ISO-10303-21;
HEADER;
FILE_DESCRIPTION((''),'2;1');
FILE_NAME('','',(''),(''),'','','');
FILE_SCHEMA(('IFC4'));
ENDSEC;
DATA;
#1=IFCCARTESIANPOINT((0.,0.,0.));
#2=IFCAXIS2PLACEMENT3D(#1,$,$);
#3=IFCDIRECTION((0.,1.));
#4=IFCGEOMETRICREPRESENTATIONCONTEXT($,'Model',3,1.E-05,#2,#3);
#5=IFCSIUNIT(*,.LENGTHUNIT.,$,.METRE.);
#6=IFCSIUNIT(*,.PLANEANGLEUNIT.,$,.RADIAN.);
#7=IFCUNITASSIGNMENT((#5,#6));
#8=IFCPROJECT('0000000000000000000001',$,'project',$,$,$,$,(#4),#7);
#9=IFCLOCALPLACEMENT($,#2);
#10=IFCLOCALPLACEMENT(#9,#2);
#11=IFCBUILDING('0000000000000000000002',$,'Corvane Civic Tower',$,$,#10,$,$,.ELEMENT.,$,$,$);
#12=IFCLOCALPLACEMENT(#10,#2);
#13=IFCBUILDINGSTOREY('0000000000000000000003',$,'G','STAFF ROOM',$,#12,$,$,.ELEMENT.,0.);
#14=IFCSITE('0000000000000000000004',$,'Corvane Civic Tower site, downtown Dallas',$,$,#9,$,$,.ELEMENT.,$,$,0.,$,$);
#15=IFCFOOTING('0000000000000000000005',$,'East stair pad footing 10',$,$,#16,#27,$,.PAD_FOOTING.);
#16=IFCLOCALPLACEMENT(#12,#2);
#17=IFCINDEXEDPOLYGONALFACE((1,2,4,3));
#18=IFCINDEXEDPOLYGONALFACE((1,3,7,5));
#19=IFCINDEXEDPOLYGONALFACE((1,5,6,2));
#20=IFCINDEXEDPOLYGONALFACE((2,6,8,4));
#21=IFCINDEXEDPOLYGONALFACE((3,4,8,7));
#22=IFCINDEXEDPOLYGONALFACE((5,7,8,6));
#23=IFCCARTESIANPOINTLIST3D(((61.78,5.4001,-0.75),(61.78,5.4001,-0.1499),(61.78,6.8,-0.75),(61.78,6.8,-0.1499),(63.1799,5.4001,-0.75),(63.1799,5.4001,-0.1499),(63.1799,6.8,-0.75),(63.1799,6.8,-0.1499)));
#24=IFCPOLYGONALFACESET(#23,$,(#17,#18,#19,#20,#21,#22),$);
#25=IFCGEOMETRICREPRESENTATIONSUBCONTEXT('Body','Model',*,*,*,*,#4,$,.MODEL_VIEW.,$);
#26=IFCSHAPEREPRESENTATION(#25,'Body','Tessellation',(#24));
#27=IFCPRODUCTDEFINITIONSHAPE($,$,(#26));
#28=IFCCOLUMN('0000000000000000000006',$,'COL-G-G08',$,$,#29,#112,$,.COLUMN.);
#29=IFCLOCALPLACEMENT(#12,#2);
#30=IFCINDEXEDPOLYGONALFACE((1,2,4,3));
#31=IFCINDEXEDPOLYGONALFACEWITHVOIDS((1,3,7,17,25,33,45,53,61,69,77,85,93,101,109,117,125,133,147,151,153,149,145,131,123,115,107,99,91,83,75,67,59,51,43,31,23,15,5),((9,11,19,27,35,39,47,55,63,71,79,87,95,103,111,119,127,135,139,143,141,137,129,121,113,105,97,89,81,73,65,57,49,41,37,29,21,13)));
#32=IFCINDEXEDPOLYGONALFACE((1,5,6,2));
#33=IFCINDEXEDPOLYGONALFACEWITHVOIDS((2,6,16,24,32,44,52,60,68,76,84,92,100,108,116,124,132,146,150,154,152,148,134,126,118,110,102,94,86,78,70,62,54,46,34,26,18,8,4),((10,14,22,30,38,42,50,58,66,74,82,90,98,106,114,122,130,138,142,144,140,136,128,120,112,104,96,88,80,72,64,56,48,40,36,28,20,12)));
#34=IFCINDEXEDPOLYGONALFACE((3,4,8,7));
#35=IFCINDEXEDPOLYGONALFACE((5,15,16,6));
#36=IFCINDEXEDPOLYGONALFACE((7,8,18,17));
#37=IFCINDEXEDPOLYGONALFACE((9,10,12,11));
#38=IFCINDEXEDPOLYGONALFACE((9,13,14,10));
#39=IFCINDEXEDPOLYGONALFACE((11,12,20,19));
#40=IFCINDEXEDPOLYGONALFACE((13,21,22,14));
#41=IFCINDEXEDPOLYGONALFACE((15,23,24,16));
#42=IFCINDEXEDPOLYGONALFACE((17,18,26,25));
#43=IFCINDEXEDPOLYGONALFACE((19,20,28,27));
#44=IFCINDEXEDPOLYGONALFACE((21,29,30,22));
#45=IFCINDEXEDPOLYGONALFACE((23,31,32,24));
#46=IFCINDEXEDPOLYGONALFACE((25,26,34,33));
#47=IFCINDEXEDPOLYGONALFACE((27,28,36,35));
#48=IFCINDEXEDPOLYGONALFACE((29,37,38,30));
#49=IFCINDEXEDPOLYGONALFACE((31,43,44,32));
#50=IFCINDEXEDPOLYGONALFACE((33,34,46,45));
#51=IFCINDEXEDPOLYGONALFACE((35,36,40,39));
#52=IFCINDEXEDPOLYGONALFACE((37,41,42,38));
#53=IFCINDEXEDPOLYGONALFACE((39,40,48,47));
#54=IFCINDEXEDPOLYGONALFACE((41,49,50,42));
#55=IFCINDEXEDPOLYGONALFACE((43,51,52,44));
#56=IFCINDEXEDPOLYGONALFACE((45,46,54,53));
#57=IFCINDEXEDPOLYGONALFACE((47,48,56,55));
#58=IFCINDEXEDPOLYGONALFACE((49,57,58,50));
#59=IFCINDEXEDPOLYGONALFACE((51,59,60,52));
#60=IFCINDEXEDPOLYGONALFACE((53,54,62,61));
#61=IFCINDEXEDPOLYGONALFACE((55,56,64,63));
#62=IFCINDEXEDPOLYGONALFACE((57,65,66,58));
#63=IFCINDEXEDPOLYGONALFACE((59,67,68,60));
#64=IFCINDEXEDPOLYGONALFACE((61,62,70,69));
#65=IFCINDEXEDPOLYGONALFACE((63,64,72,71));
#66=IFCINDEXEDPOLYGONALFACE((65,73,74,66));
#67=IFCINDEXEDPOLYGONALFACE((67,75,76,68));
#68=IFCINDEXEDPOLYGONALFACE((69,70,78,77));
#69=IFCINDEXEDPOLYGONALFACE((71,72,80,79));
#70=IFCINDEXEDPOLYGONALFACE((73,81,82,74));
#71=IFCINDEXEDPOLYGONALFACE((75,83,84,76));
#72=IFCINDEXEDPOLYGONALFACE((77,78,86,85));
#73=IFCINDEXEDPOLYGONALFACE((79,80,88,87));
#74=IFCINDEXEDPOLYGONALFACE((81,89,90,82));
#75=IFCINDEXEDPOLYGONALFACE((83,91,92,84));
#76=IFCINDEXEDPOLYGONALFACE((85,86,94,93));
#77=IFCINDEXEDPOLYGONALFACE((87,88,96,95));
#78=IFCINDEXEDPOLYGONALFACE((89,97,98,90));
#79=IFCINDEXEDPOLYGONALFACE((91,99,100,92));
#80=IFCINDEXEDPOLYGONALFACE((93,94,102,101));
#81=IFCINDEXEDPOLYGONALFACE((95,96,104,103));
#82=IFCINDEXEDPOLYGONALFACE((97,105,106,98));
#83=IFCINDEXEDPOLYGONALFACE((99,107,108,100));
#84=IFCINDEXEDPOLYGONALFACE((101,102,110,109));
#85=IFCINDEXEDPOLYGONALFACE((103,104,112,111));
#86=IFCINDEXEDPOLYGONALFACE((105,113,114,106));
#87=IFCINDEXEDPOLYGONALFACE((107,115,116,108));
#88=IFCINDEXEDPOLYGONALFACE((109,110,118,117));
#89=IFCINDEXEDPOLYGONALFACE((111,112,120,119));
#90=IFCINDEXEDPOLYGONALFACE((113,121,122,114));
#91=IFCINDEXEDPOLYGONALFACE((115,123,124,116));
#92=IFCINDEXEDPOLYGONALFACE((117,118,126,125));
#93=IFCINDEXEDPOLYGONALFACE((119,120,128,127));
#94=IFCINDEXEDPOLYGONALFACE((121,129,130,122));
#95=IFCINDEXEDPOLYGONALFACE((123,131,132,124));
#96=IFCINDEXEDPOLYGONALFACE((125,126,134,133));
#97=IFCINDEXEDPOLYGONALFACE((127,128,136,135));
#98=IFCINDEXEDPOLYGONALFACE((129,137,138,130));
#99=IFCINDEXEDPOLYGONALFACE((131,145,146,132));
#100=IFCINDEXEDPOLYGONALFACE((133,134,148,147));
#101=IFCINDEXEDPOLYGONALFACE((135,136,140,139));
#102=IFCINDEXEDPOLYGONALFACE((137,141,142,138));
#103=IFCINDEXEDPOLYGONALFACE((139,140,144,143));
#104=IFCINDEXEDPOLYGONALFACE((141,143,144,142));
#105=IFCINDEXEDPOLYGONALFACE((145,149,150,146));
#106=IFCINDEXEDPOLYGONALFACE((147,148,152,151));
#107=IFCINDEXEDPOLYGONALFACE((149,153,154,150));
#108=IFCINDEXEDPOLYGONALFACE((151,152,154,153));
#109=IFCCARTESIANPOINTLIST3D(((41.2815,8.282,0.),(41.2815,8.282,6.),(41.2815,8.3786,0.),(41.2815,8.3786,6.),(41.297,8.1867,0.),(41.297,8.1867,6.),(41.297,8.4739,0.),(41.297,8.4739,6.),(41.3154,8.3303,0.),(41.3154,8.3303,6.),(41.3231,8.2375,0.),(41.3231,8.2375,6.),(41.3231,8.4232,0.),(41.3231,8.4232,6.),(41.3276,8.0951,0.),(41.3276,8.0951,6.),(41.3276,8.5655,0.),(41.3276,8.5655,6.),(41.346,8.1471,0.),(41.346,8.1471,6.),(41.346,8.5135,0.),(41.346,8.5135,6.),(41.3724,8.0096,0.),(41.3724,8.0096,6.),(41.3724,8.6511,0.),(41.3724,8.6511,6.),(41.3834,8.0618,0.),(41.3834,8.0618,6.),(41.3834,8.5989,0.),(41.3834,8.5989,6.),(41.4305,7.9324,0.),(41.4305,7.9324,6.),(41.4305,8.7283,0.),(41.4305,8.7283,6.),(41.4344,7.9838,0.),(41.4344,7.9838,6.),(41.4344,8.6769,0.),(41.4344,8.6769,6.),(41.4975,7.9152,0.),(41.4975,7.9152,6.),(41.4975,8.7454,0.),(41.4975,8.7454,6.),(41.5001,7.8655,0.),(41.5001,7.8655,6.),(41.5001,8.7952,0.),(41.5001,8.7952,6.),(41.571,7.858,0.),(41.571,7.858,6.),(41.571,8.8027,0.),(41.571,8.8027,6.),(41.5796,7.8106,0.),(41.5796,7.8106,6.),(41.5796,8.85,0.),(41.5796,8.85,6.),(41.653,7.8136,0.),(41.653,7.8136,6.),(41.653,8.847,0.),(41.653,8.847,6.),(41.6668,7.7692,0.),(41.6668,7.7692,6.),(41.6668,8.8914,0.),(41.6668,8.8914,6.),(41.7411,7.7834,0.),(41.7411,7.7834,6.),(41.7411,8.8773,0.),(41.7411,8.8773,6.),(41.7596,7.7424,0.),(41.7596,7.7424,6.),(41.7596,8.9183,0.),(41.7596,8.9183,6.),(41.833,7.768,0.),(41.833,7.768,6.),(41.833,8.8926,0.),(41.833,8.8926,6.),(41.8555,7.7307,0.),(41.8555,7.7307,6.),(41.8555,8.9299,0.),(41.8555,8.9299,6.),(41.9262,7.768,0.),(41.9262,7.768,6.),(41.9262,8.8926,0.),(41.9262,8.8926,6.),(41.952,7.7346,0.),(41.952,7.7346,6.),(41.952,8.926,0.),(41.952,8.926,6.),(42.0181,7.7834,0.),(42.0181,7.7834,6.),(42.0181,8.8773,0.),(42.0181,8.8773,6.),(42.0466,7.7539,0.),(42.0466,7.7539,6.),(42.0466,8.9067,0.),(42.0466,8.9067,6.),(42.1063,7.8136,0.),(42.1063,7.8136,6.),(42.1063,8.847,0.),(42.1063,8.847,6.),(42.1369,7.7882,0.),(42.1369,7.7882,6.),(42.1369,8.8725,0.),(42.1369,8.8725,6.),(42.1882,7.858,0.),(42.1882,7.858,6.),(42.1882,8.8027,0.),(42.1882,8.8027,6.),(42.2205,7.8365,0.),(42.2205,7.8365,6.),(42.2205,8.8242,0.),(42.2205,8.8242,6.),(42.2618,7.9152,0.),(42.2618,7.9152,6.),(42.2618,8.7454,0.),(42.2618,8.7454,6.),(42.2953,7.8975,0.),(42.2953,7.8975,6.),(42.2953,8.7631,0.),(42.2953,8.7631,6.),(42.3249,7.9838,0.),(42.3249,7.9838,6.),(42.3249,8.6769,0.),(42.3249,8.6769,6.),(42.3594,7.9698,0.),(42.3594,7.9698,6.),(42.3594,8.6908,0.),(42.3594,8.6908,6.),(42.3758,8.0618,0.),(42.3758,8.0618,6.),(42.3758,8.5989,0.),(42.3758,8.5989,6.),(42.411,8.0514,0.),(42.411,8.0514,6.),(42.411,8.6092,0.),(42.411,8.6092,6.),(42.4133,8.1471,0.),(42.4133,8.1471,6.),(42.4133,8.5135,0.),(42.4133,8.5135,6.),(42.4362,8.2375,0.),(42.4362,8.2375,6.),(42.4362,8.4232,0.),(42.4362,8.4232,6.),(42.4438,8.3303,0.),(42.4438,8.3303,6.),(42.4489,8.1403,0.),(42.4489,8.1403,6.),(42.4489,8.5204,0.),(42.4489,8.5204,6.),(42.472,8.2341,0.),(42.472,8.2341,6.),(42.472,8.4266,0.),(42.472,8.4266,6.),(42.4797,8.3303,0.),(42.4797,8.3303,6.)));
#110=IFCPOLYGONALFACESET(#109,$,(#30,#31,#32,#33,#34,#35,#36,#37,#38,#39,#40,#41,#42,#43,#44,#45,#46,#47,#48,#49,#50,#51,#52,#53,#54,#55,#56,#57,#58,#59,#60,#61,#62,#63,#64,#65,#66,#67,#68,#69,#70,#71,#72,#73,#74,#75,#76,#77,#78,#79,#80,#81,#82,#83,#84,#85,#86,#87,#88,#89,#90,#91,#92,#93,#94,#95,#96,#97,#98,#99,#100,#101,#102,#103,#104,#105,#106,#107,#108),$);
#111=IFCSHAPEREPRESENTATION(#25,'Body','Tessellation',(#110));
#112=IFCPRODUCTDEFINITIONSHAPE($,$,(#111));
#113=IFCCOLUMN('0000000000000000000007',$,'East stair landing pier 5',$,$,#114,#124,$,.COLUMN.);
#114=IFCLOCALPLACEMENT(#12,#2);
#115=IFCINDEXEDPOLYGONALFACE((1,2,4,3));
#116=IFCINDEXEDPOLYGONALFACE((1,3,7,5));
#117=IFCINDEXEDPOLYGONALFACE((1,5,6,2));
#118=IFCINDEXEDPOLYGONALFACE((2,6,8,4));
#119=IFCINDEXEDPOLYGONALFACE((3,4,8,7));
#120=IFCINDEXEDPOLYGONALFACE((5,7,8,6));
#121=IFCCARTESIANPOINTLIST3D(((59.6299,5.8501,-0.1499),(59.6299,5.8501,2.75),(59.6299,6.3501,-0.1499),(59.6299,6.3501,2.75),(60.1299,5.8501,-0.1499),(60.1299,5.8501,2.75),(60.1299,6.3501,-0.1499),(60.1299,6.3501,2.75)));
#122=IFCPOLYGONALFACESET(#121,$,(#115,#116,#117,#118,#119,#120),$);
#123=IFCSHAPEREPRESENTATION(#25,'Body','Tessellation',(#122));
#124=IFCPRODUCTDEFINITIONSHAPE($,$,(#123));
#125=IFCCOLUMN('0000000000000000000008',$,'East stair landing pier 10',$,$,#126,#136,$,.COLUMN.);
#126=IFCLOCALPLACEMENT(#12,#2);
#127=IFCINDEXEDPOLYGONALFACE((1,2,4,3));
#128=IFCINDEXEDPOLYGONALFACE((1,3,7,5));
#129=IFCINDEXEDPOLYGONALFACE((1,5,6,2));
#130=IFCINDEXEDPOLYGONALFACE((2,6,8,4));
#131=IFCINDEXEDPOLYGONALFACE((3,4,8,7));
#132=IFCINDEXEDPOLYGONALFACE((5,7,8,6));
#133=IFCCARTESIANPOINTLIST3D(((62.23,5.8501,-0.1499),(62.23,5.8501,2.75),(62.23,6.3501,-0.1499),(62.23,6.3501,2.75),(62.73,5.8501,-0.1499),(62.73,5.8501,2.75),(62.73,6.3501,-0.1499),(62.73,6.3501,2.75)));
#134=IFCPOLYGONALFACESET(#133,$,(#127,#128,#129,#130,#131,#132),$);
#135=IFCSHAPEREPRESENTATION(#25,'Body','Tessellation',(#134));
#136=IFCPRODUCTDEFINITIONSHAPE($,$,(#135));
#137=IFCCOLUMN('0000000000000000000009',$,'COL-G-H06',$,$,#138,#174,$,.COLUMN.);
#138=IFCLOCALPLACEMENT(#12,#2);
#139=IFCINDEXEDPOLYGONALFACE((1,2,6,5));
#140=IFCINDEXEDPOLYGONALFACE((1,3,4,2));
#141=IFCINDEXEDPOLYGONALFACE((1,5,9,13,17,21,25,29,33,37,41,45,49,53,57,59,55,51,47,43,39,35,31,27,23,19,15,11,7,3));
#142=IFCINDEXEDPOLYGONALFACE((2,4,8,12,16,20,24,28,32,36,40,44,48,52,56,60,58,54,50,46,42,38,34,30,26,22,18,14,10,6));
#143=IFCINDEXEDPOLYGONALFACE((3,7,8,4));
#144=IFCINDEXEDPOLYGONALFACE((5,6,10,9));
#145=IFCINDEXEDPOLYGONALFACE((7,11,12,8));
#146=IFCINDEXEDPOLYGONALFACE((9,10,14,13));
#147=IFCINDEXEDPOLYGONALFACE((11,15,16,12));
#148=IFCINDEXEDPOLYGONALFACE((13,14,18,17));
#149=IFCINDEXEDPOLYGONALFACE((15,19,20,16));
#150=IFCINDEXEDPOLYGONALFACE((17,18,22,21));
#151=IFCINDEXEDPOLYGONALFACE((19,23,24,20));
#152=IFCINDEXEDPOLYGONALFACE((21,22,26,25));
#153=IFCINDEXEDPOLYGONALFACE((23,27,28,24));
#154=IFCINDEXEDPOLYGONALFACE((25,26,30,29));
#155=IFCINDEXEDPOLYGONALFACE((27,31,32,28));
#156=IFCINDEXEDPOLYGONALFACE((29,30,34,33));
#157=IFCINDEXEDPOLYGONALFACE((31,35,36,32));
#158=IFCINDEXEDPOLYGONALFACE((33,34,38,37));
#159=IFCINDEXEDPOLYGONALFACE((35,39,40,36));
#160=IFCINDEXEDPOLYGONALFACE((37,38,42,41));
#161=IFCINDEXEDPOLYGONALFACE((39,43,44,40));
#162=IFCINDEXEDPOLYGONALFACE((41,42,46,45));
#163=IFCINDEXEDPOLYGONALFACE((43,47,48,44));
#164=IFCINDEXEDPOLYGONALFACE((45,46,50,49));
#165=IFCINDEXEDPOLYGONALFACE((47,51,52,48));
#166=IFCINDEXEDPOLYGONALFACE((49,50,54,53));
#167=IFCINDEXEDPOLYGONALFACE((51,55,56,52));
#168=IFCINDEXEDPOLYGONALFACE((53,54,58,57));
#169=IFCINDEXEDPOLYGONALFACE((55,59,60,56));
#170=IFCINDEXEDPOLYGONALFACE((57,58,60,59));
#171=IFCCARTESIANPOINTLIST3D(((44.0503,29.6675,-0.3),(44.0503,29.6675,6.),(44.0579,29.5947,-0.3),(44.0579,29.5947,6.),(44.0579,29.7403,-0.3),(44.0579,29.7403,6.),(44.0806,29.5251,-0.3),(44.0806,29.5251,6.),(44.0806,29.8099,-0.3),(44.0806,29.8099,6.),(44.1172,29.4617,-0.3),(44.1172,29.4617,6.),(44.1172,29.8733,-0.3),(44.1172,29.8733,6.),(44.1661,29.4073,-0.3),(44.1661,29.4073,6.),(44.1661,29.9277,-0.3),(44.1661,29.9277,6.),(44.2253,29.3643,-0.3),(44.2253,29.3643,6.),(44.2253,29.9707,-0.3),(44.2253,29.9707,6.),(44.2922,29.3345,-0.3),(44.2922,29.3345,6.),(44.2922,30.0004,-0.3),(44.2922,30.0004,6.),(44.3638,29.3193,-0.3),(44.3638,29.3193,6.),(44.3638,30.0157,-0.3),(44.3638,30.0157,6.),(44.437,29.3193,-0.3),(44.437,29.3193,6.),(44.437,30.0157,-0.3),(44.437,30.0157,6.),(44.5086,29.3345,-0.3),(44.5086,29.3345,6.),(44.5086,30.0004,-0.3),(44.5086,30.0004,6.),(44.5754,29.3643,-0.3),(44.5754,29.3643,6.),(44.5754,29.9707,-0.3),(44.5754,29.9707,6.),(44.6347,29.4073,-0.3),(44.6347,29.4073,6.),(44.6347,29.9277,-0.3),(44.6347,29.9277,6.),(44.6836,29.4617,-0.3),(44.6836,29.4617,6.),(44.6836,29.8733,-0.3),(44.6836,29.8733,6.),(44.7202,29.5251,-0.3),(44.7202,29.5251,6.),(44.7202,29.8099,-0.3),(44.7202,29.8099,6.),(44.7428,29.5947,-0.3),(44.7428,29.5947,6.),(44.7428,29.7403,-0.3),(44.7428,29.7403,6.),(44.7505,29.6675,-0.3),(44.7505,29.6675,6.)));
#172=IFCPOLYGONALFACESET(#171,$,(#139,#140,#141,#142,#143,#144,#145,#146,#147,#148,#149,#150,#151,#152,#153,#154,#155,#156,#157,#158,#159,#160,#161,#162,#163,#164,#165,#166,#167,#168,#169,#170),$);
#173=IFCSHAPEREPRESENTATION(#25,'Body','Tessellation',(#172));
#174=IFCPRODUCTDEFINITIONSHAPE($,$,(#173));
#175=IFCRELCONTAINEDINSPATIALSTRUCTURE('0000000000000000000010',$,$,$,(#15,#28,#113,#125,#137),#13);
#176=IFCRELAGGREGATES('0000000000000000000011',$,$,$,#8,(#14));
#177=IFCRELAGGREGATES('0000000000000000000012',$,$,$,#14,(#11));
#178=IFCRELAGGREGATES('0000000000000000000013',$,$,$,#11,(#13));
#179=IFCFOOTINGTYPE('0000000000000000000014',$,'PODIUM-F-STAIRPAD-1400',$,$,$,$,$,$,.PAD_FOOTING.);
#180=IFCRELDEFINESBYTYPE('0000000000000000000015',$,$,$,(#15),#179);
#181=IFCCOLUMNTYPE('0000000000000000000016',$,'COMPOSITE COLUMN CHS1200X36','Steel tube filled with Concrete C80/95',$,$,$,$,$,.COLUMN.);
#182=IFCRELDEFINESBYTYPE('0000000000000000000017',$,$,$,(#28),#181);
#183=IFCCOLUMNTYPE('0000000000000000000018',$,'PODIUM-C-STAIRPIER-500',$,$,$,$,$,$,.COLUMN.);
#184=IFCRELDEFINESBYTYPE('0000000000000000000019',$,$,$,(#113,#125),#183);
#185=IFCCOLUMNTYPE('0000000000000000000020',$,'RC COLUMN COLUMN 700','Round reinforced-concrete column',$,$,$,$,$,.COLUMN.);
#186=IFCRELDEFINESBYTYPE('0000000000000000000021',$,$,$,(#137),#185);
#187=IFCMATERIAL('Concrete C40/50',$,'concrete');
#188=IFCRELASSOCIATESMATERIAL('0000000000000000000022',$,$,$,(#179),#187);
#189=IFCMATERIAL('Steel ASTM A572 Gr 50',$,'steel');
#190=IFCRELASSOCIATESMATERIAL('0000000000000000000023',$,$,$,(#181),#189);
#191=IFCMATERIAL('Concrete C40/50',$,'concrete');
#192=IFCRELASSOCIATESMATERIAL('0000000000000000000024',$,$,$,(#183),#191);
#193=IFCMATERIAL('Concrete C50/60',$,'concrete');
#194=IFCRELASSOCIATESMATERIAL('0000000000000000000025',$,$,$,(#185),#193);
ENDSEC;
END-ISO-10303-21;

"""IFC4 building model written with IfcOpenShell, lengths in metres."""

from ifc_helpers import new_model, si_unit, direction, frame, origin, origin_2d, place, context, subcontext, project, spatial, rectangle, circle, hollow_circle, extrude, material, material_profile, profile_set, type_object, element, save


model = new_model("IFC4")

# Units and contexts
model_context = context("Model", 3, precision=1e-05, world=origin(), true_north=direction((0.0, 1.0)))
body_context = subcontext(model_context, "Body", "Model", "MODEL_VIEW")
ifc_project = project(units=[si_unit("LENGTHUNIT", "METRE"), si_unit("PLANEANGLEUNIT", "RADIAN")], contexts=[model_context])

# Site, building, storey
site_placement = place(None, origin())
site = spatial("IfcSite", under=ifc_project, at=site_placement, Name="Corvane Civic Tower site, downtown Dallas", CompositionType="ELEMENT", RefElevation=0.0)
building_placement = place(site_placement, origin())
building = spatial("IfcBuilding", under=site, at=building_placement, Name="Corvane Civic Tower", CompositionType="ELEMENT")
storey_placement = place(building_placement, origin())
storey = spatial("IfcBuildingStorey", under=building, at=storey_placement, Name="G", Description="STAFF ROOM", CompositionType="ELEMENT", Elevation=0.0)

# Footing
ifc_material_1 = material(Name="Concrete C40/50", Category="concrete")
footing_type = type_object("IfcFootingType", Name="PODIUM-F-STAIRPAD-1400", PredefinedType="PAD_FOOTING", material=ifc_material_1)
footing_placement = place(storey_placement, frame((62.48, 6.1001, -0.75), z_axis=(0.0, 0.0, 1.0), x_axis=(1.0, 0.0, 0.0)))
element("IfcFooting", 1, at=footing_placement, inside=storey, type_object=footing_type, Name="East stair pad footing 10", PredefinedType="PAD_FOOTING", context=body_context, shape_type="SweptSolid", body=[
    extrude(rectangle(XDim=1.3999, YDim=1.3999, at=origin_2d()), origin(), (0.0, 0.0, 1.0), 0.6001),
])

# Columns
ifc_material_2 = material(Name="Steel ASTM A572 Gr 50", Category="steel")
ifc_material_profile_1 = material_profile(ifc_material_2, hollow_circle(Radius=0.6001, WallThickness=0.0359, at=origin_2d()), Name="CHS1200X36")
ifc_profile_set_1 = profile_set([ifc_material_profile_1], Name="Steel ASTM A572 Gr 50")
column_type_1 = type_object("IfcColumnType", Name="COMPOSITE COLUMN CHS1200X36", Description="Steel tube filled with Concrete C80/95", PredefinedType="COLUMN", material=ifc_profile_set_1)
column_placement = place(storey_placement, frame((41.8796, 8.3303, 0.0), z_axis=(0.0, 0.0, 1.0), x_axis=(1.0, 0.0, 0.0)))
element("IfcColumn", 2, at=column_placement, inside=storey, type_object=column_type_1, Name="COL-G-G08", PredefinedType="COLUMN", context=body_context, shape_type="SweptSolid", body=[
    extrude(hollow_circle(Radius=0.6001, WallThickness=0.0359, at=origin_2d()), origin(), (0.0, 0.0, 1.0), 6.0),
])
ifc_material_3 = material(Name="Concrete C40/50", Category="concrete")
ifc_material_profile_2 = material_profile(ifc_material_3, rectangle(XDim=0.5, YDim=0.5, at=origin_2d()), Name="RC 500x500")
ifc_profile_set_2 = profile_set([ifc_material_profile_2], Name="Concrete C40/50")
column_type_2 = type_object("IfcColumnType", Name="PODIUM-C-STAIRPIER-500", PredefinedType="COLUMN", material=ifc_profile_set_2)
for number, where, z_axis, x_axis, name in (
    (3, (59.8799, 6.1001, -0.1499), (0.0, 0.0, 1.0), (1.0, 0.0, 0.0), "East stair landing pier 5"),
    (4, (62.48, 6.1001, -0.1499), (0.0, 0.0, 1.0), (1.0, 0.0, 0.0), "East stair landing pier 10"),
):
    element("IfcColumn", number, at=place(storey_placement, frame(where, z_axis=z_axis, x_axis=x_axis)), inside=storey, type_object=column_type_2, Name=name, PredefinedType="COLUMN", context=body_context, shape_type="SweptSolid", body=[
        extrude(rectangle(XDim=0.5, YDim=0.5, at=origin_2d()), origin(), (0.0, 0.0, 1.0), 2.8999),
    ])
ifc_material_4 = material(Name="Concrete C50/60", Category="concrete")
ifc_material_profile_3 = material_profile(ifc_material_4, circle(Radius=0.3501, at=origin_2d()), Name="COLUMN 700")
ifc_profile_set_3 = profile_set([ifc_material_profile_3], Name="Concrete C50/60")
column_type_3 = type_object("IfcColumnType", Name="RC COLUMN COLUMN 700", Description="Round reinforced-concrete column", PredefinedType="COLUMN", material=ifc_profile_set_3)
for number, where, z_axis, x_axis, name in (
    (5, (44.4004, 29.6675, -0.3), (0.0, 0.0, 1.0), (1.0, 0.0, 0.0), "COL-G-H06"),
):
    element("IfcColumn", number, at=place(storey_placement, frame(where, z_axis=z_axis, x_axis=x_axis)), inside=storey, type_object=column_type_3, Name=name, PredefinedType="COLUMN", context=body_context, shape_type="SweptSolid", body=[
        extrude(circle(Radius=0.3501, at=origin_2d()), origin(), (0.0, 0.0, 1.0), 6.3),
    ])

save(model, "model.ifc")
